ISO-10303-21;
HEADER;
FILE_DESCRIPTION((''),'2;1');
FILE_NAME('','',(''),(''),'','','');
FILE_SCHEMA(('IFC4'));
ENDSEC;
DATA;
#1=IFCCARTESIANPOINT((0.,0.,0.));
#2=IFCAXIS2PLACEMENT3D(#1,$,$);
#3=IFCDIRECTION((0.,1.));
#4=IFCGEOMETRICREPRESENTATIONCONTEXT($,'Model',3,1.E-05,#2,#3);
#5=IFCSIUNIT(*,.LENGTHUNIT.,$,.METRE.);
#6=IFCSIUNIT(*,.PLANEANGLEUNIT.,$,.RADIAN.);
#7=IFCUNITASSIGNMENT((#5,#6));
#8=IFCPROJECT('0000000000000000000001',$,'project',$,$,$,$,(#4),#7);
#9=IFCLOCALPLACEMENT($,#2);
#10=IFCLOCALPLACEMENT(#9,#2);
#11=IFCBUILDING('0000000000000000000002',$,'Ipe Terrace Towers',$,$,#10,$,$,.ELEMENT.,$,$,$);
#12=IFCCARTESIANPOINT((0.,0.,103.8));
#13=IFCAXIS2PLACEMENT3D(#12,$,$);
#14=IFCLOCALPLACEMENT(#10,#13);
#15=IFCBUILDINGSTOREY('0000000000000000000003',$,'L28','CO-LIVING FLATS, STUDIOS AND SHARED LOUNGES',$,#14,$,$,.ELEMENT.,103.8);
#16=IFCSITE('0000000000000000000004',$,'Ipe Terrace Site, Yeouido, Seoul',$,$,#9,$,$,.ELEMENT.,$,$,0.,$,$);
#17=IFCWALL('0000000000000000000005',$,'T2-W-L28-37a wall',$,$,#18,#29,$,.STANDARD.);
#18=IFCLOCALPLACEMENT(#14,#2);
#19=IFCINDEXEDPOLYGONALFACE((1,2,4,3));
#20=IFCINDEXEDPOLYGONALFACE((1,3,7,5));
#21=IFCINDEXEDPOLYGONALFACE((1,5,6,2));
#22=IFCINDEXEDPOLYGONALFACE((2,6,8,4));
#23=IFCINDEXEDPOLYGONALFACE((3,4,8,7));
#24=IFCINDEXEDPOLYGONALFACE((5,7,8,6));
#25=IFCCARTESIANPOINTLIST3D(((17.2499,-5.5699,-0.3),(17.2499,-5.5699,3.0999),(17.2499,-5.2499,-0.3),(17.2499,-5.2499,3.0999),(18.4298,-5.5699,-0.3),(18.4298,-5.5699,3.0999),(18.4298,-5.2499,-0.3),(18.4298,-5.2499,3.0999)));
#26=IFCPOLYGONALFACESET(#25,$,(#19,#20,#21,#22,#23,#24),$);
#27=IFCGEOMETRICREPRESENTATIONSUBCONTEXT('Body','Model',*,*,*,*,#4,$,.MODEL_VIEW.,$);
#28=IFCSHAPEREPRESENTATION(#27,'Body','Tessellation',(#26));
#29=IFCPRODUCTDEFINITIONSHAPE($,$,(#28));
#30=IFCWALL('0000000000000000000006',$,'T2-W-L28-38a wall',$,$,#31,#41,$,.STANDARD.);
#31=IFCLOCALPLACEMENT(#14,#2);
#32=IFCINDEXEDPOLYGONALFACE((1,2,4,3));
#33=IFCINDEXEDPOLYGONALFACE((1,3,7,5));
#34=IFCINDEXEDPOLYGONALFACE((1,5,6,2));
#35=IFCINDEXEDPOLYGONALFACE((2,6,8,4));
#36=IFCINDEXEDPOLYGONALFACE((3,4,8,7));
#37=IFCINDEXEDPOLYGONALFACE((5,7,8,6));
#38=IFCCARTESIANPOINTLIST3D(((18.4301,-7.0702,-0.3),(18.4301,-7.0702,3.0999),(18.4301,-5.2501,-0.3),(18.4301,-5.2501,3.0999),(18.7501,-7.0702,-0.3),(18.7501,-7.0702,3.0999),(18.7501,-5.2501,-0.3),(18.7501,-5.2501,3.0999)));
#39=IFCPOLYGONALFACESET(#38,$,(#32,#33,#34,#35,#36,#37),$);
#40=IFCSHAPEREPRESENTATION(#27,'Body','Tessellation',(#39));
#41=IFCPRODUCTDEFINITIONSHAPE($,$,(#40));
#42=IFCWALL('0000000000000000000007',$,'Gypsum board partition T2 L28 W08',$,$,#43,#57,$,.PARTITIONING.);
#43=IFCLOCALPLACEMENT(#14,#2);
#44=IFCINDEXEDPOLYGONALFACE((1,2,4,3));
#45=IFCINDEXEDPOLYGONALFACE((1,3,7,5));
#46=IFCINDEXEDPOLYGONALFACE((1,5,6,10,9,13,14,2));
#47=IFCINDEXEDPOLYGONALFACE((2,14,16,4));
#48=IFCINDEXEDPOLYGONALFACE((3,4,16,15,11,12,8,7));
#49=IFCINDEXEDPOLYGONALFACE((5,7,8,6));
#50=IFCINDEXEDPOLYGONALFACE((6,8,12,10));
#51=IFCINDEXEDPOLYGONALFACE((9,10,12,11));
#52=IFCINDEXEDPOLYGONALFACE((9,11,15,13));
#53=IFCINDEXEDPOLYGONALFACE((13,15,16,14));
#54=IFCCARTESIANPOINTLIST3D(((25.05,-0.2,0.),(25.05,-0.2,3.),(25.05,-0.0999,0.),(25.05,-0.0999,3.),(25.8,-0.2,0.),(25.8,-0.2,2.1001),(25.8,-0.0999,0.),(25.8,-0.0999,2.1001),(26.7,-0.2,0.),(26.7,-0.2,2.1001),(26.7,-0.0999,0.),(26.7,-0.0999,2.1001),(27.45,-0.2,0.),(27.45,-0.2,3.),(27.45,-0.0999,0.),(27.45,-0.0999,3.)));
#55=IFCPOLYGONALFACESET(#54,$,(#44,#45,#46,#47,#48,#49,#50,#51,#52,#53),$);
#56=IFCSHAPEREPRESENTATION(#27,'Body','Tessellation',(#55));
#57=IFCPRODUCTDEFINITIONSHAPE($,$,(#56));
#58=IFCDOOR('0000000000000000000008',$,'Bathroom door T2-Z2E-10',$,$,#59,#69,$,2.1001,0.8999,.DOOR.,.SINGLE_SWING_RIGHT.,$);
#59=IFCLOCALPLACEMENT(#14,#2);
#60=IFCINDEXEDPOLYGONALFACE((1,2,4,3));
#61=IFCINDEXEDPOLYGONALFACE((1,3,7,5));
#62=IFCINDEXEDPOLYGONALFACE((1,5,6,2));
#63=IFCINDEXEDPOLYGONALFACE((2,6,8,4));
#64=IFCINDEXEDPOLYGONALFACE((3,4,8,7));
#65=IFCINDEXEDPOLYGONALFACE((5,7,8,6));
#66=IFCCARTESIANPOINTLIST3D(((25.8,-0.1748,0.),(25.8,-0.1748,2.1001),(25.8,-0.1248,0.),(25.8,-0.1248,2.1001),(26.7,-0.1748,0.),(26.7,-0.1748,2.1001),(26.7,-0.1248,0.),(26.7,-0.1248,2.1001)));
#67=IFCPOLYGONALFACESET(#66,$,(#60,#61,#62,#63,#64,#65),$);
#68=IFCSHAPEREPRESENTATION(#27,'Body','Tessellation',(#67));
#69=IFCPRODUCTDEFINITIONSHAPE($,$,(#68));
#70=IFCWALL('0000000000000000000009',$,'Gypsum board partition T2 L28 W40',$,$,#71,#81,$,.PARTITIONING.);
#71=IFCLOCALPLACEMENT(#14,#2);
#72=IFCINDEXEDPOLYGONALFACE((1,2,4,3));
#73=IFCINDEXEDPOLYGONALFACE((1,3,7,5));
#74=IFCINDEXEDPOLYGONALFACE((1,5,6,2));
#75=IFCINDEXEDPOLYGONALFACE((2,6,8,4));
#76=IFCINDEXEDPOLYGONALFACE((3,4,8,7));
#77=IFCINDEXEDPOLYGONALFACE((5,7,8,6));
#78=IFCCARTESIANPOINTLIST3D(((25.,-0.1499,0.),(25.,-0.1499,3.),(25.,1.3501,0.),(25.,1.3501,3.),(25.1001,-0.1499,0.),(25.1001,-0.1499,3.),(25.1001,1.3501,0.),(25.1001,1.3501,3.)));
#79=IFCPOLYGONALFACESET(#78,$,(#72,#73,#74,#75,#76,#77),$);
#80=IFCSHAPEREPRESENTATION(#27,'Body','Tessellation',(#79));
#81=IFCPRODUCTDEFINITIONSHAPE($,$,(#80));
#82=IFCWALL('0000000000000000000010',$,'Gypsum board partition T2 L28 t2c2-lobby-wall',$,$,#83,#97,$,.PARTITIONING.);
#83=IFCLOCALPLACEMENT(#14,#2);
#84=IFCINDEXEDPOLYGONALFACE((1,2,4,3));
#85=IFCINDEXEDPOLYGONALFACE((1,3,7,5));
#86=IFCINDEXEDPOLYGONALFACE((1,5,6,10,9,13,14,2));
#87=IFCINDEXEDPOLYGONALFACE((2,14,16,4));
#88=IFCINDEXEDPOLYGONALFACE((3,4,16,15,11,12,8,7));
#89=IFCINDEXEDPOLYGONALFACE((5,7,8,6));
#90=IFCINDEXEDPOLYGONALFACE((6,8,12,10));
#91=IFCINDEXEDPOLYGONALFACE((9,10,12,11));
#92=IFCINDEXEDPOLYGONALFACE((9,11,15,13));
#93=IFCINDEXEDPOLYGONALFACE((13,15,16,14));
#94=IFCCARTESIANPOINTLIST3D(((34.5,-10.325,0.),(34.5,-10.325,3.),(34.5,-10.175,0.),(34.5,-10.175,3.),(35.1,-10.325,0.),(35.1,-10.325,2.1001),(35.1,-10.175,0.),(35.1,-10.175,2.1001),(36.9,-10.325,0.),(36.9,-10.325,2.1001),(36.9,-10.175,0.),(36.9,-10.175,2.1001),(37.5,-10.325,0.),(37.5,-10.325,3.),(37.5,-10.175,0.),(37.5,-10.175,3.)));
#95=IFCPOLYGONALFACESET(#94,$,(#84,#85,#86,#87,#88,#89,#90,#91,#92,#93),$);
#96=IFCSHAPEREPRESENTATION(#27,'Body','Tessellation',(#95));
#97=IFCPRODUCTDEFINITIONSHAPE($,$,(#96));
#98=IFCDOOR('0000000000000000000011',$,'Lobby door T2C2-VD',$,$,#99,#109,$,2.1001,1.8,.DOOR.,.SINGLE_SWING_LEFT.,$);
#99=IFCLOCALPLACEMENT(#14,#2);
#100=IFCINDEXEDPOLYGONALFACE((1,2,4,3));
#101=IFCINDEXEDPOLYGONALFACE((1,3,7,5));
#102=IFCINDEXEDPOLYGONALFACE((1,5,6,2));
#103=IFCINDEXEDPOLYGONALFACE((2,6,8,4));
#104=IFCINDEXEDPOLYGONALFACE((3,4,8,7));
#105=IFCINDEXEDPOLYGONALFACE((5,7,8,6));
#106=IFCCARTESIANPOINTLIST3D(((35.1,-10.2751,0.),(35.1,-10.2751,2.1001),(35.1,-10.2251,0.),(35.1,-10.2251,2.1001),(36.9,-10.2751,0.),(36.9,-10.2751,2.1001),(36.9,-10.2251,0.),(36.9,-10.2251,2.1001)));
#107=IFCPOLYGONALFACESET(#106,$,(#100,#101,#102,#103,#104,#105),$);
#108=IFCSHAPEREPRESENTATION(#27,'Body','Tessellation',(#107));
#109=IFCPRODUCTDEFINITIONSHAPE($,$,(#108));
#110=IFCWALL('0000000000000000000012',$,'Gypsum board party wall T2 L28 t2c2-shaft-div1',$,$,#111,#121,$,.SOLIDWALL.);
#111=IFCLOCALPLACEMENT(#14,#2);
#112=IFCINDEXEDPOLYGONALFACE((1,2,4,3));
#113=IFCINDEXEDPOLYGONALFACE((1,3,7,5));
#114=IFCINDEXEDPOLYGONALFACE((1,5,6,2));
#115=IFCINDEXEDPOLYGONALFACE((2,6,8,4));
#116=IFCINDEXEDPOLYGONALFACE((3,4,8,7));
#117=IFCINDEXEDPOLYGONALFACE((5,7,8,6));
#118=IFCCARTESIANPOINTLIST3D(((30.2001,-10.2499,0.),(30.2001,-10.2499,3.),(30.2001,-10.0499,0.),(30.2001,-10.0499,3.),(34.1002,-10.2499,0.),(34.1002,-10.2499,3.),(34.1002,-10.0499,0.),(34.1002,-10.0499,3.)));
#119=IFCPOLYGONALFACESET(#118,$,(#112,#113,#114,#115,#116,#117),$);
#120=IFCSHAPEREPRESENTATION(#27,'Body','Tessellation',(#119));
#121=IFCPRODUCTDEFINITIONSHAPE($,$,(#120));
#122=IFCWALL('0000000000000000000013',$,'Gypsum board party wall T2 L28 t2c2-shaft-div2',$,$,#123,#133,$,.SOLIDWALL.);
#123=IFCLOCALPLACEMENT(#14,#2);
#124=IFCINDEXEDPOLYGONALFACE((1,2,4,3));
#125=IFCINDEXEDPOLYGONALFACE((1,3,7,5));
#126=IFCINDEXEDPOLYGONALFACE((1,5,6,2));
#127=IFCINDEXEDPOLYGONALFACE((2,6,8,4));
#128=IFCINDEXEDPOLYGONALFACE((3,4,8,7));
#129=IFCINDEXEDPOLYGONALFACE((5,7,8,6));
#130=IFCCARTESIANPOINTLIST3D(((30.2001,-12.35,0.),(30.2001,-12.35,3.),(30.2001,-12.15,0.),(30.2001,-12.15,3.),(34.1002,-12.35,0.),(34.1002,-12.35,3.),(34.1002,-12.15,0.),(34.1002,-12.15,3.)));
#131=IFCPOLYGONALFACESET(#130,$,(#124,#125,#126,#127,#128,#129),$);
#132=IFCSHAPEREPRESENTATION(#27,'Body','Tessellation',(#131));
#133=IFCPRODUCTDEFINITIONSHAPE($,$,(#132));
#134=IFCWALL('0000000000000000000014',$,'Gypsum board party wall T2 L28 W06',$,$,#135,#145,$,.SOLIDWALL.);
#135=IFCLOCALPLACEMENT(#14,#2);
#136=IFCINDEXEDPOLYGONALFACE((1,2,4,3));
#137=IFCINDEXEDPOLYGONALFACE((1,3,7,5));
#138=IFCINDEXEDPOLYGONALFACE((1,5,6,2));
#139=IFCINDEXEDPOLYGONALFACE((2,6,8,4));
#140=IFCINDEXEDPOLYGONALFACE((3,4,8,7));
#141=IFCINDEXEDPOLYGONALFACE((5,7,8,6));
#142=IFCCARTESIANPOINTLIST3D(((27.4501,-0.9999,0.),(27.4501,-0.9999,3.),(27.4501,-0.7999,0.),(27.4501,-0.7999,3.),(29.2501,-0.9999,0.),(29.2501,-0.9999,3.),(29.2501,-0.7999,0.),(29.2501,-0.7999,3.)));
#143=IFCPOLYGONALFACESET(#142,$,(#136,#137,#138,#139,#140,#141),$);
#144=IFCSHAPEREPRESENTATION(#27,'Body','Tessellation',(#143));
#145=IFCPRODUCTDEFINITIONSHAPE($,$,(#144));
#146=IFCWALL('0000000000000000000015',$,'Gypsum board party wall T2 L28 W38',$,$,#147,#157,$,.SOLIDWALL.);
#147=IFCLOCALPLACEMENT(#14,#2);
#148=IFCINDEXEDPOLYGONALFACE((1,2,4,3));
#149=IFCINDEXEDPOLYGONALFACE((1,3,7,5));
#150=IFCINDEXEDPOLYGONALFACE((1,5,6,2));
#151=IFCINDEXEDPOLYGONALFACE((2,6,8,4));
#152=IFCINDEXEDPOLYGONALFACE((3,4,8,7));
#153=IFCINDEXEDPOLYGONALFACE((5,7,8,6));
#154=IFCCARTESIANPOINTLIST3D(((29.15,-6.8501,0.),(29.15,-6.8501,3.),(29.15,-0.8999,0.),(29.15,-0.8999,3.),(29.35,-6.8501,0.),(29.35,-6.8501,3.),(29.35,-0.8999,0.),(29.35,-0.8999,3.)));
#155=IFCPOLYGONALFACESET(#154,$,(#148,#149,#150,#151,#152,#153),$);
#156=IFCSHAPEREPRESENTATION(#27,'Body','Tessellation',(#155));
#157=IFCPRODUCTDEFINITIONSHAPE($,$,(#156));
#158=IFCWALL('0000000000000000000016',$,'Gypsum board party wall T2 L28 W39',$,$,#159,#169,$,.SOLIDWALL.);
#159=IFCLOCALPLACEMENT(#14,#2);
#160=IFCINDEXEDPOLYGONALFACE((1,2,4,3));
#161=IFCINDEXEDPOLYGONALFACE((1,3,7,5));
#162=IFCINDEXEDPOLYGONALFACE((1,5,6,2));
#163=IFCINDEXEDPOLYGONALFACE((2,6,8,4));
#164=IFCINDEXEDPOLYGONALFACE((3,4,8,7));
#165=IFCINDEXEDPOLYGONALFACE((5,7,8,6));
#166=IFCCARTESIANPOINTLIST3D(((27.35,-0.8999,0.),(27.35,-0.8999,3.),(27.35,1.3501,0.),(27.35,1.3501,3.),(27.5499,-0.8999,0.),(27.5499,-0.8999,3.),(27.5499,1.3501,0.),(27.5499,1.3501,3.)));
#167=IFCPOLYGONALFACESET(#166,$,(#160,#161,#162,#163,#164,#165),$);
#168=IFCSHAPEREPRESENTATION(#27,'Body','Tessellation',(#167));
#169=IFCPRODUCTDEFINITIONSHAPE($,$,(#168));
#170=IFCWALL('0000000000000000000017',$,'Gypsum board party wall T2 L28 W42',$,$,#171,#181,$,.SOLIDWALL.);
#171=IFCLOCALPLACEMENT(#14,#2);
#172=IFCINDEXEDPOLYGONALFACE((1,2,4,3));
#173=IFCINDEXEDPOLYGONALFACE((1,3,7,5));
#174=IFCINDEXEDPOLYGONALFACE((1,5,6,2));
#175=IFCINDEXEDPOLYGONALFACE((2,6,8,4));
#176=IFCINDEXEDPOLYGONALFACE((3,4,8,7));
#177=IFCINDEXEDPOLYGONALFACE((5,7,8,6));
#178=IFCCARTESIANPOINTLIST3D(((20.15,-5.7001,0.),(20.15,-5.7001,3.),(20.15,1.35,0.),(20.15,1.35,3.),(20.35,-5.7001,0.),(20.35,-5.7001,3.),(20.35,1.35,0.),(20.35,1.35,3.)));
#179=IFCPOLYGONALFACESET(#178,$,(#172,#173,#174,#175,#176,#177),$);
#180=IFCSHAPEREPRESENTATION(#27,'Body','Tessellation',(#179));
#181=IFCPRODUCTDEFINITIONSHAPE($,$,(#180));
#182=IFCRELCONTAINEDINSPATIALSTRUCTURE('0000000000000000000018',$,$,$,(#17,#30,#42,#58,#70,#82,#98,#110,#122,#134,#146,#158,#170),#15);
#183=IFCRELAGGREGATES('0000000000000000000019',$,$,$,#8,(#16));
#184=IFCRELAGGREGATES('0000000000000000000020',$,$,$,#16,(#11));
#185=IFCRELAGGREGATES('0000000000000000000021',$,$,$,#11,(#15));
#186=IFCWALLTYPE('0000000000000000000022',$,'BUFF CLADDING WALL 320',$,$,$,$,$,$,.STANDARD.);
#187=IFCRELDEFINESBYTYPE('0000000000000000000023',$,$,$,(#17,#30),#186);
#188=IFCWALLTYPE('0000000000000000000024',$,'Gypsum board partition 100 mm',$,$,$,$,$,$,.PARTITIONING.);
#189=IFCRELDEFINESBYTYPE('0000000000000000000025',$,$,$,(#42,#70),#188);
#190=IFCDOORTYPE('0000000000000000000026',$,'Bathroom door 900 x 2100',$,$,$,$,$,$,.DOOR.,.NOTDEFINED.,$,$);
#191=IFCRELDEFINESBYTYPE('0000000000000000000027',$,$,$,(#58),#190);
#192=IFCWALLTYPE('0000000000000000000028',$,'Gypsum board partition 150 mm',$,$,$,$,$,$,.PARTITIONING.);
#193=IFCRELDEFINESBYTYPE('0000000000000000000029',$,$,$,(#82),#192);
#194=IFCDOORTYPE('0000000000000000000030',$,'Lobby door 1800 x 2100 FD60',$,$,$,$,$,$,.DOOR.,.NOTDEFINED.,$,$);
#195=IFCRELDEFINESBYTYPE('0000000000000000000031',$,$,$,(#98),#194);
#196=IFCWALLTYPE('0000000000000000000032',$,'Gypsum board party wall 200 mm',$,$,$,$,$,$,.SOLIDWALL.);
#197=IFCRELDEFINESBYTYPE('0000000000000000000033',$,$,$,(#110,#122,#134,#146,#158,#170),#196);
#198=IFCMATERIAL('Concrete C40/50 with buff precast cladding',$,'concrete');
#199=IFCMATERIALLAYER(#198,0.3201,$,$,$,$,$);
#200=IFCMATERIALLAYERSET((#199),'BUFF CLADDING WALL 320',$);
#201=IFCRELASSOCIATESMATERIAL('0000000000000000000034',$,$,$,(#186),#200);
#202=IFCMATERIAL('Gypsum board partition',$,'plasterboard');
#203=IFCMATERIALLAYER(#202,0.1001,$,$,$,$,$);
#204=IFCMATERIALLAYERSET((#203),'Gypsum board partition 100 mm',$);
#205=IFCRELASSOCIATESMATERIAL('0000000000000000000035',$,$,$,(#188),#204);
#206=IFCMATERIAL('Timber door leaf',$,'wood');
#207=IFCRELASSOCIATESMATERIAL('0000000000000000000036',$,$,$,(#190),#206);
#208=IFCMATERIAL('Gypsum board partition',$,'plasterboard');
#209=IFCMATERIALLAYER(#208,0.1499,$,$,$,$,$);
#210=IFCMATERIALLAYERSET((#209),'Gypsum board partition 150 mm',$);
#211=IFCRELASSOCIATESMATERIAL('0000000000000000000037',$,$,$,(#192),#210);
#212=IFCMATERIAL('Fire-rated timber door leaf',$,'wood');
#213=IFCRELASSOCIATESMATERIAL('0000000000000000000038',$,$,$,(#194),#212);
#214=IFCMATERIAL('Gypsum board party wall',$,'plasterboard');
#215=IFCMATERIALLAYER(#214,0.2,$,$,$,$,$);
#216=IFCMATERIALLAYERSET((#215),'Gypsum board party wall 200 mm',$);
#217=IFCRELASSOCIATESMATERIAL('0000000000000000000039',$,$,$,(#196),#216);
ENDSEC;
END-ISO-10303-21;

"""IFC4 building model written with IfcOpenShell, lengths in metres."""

from ifc_helpers import new_model, si_unit, direction, frame, frame_2d, origin, place, context, subcontext, project, spatial, rectangle, extrude, material, layer, layer_set, type_object, element, fill, save


model = new_model("IFC4")

# Units and contexts
model_context = context("Model", 3, precision=1e-05, world=origin(), true_north=direction((0.0, 1.0)))
body_context = subcontext(model_context, "Body", "Model", "MODEL_VIEW")
ifc_project = project(units=[si_unit("LENGTHUNIT", "METRE"), si_unit("PLANEANGLEUNIT", "RADIAN")], contexts=[model_context])

# Site, building, storey
site_placement = place(None, origin())
site = spatial("IfcSite", under=ifc_project, at=site_placement, Name="Ipe Terrace Site, Yeouido, Seoul", CompositionType="ELEMENT", RefElevation=0.0)
building_placement = place(site_placement, origin())
building = spatial("IfcBuilding", under=site, at=building_placement, Name="Ipe Terrace Towers", CompositionType="ELEMENT")
storey_placement = place(building_placement, frame((0.0, 0.0, 103.8)))
storey = spatial("IfcBuildingStorey", under=building, at=storey_placement, Name="L28", Description="CO-LIVING FLATS, STUDIOS AND SHARED LOUNGES", CompositionType="ELEMENT", Elevation=103.8)

# Walls
ifc_material_1 = material(Name="Concrete C40/50 with buff precast cladding", Category="concrete")
ifc_layer_1 = layer(ifc_material_1, 0.3201)
ifc_layer_set_1 = layer_set([ifc_layer_1], Name="BUFF CLADDING WALL 320")
wall_type_1 = type_object("IfcWallType", Name="BUFF CLADDING WALL 320", PredefinedType="STANDARD", material=ifc_layer_set_1)
wall_1_placement = place(storey_placement, frame((17.25, -5.4099, -0.3), z_axis=(0.0, 0.0, 1.0), x_axis=(1.0, 0.0, 0.0)))
element("IfcWall", 1, at=wall_1_placement, inside=storey, type_object=wall_type_1, Name="T2-W-L28-37a wall", PredefinedType="STANDARD", context=body_context, shape_type="SweptSolid", body=[
    extrude(rectangle(XDim=1.1799, YDim=0.3201, at=frame_2d((0.5898, 0.0))), origin(), (0.0, 0.0, 1.0), 3.3999),
])
wall_2_placement = place(storey_placement, frame((18.5901, -5.25, -0.3), z_axis=(0.0, 0.0, 1.0), x_axis=(0.0, -1.0, 0.0)))
element("IfcWall", 2, at=wall_2_placement, inside=storey, type_object=wall_type_1, Name="T2-W-L28-38a wall", PredefinedType="STANDARD", context=body_context, shape_type="SweptSolid", body=[
    extrude(rectangle(XDim=1.8201, YDim=0.3201, at=frame_2d((0.9102, 0.0))), origin(), (0.0, 0.0, 1.0), 3.3999),
])

# Wall, opening, door
ifc_material_2 = material(Name="Gypsum board partition", Category="plasterboard")
ifc_layer_2 = layer(ifc_material_2, 0.1001)
ifc_layer_set_2 = layer_set([ifc_layer_2], Name="Gypsum board partition 100 mm")
wall_type_2 = type_object("IfcWallType", Name="Gypsum board partition 100 mm", PredefinedType="PARTITIONING", material=ifc_layer_set_2)
wall_3_placement = place(storey_placement, frame((27.45, -0.1499, 0.0), z_axis=(0.0, 0.0, 1.0), x_axis=(-1.0, 0.0, 0.0)))
wall_3 = element("IfcWall", 3, at=wall_3_placement, inside=storey, type_object=wall_type_2, Name="Gypsum board partition T2 L28 W08", PredefinedType="PARTITIONING", context=body_context, shape_type="SweptSolid", body=[
    extrude(rectangle(XDim=2.3999, YDim=0.1001, at=frame_2d((1.2, 0.0))), origin(), (0.0, 0.0, 1.0), 3.0),
])
opening_1_placement = place(wall_3_placement, frame((0.75, 0.0, 0.0)))
opening_1 = element("IfcOpeningElement", 4, at=opening_1_placement, cuts=wall_3, PredefinedType="OPENING", context=body_context, shape_type="SweptSolid", body=[
    extrude(rectangle(XDim=0.8999, YDim=2.1001, at=frame_2d((0.45, 1.05))), frame((0.0, 0.0601, 0.0), z_axis=(0.0, -1.0, 0.0), x_axis=(1.0, 0.0, 0.0)), (0.0, 0.0, 1.0), 0.1201),
])
ifc_material_3 = material(Name="Timber door leaf", Category="wood")
door_type_1 = type_object("IfcDoorType", Name="Bathroom door 900 x 2100", OperationType="NOTDEFINED", PredefinedType="DOOR", material=ifc_material_3)
door_1_placement = place(opening_1_placement, origin())
door_1 = element("IfcDoor", 5, at=door_1_placement, inside=storey, type_object=door_type_1, Name="Bathroom door T2-Z2E-10", OperationType="SINGLE_SWING_RIGHT", OverallHeight=2.1001, OverallWidth=0.8999, PredefinedType="DOOR", context=body_context, shape_type="SweptSolid", body=[
    extrude(rectangle(XDim=0.8999, YDim=2.1001, at=frame_2d((0.45, 1.05))), frame((0.0, 0.0249, 0.0), z_axis=(0.0, -1.0, 0.0), x_axis=(1.0, 0.0, 0.0)), (0.0, 0.0, 1.0), 0.05),
])
fill(opening_1, door_1)

# Wall
wall_4_placement = place(storey_placement, frame((25.05, -0.1499, 0.0), z_axis=(0.0, 0.0, 1.0), x_axis=(0.0, 1.0, 0.0)))
element("IfcWall", 6, at=wall_4_placement, inside=storey, type_object=wall_type_2, Name="Gypsum board partition T2 L28 W40", PredefinedType="PARTITIONING", context=body_context, shape_type="SweptSolid", body=[
    extrude(rectangle(XDim=1.5, YDim=0.1001, at=frame_2d((0.75, 0.0))), origin(), (0.0, 0.0, 1.0), 3.0),
])

# Wall, opening, door
ifc_material_4 = material(Name="Gypsum board partition", Category="plasterboard")
ifc_layer_3 = layer(ifc_material_4, 0.1499)
ifc_layer_set_3 = layer_set([ifc_layer_3], Name="Gypsum board partition 150 mm")
wall_type_3 = type_object("IfcWallType", Name="Gypsum board partition 150 mm", PredefinedType="PARTITIONING", material=ifc_layer_set_3)
wall_5_placement = place(storey_placement, frame((34.5, -10.25, 0.0), z_axis=(0.0, 0.0, 1.0), x_axis=(1.0, 0.0, 0.0)))
wall_5 = element("IfcWall", 7, at=wall_5_placement, inside=storey, type_object=wall_type_3, Name="Gypsum board partition T2 L28 t2c2-lobby-wall", PredefinedType="PARTITIONING", context=body_context, shape_type="SweptSolid", body=[
    extrude(rectangle(XDim=3.0, YDim=0.1499, at=frame_2d((1.5, 0.0))), origin(), (0.0, 0.0, 1.0), 3.0),
])
opening_2_placement = place(wall_5_placement, frame((0.6001, 0.0, 0.0)))
opening_2 = element("IfcOpeningElement", 8, at=opening_2_placement, cuts=wall_5, PredefinedType="OPENING", context=body_context, shape_type="SweptSolid", body=[
    extrude(rectangle(XDim=1.8, YDim=2.1001, at=frame_2d((0.8999, 1.05))), frame((0.0, 0.085, 0.0), z_axis=(0.0, -1.0, 0.0), x_axis=(1.0, 0.0, 0.0)), (0.0, 0.0, 1.0), 0.1699),
])
ifc_material_5 = material(Name="Fire-rated timber door leaf", Category="wood")
door_type_2 = type_object("IfcDoorType", Name="Lobby door 1800 x 2100 FD60", OperationType="NOTDEFINED", PredefinedType="DOOR", material=ifc_material_5)
door_2_placement = place(opening_2_placement, origin())
door_2 = element("IfcDoor", 9, at=door_2_placement, inside=storey, type_object=door_type_2, Name="Lobby door T2C2-VD", OperationType="SINGLE_SWING_LEFT", OverallHeight=2.1001, OverallWidth=1.8, PredefinedType="DOOR", context=body_context, shape_type="SweptSolid", body=[
    extrude(rectangle(XDim=1.8, YDim=2.1001, at=frame_2d((0.8999, 1.05))), frame((0.0, 0.0249, 0.0), z_axis=(0.0, -1.0, 0.0), x_axis=(1.0, 0.0, 0.0)), (0.0, 0.0, 1.0), 0.05),
])
fill(opening_2, door_2)

# Walls
ifc_material_6 = material(Name="Gypsum board party wall", Category="plasterboard")
ifc_layer_4 = layer(ifc_material_6, 0.2)
ifc_layer_set_4 = layer_set([ifc_layer_4], Name="Gypsum board party wall 200 mm")
wall_type_4 = type_object("IfcWallType", Name="Gypsum board party wall 200 mm", PredefinedType="SOLIDWALL", material=ifc_layer_set_4)
for number, where, z_axis, x_axis, name in (
    (10, (30.2, -10.1499, 0.0), (0.0, 0.0, 1.0), (1.0, 0.0, 0.0), "Gypsum board party wall T2 L28 t2c2-shaft-div1"),
    (11, (30.2, -12.25, 0.0), (0.0, 0.0, 1.0), (1.0, 0.0, 0.0), "Gypsum board party wall T2 L28 t2c2-shaft-div2"),
):
    element("IfcWall", number, at=place(storey_placement, frame(where, z_axis=z_axis, x_axis=x_axis)), inside=storey, type_object=wall_type_4, Name=name, PredefinedType="SOLIDWALL", context=body_context, shape_type="SweptSolid", body=[
        extrude(rectangle(XDim=3.9001, YDim=0.2, at=frame_2d((1.9502, 0.0))), origin(), (0.0, 0.0, 1.0), 3.0),
    ])
wall_6_placement = place(storey_placement, frame((29.25, -0.8999, 0.0), z_axis=(0.0, 0.0, 1.0), x_axis=(-1.0, 0.0, 0.0)))
element("IfcWall", 12, at=wall_6_placement, inside=storey, type_object=wall_type_4, Name="Gypsum board party wall T2 L28 W06", PredefinedType="SOLIDWALL", context=body_context, shape_type="SweptSolid", body=[
    extrude(rectangle(XDim=1.8, YDim=0.2, at=frame_2d((0.8999, 0.0))), origin(), (0.0, 0.0, 1.0), 3.0),
])
wall_7_placement = place(storey_placement, frame((29.25, -6.8501, 0.0), z_axis=(0.0, 0.0, 1.0), x_axis=(0.0, 1.0, 0.0)))
element("IfcWall", 13, at=wall_7_placement, inside=storey, type_object=wall_type_4, Name="Gypsum board party wall T2 L28 W38", PredefinedType="SOLIDWALL", context=body_context, shape_type="SweptSolid", body=[
    extrude(rectangle(XDim=5.9502, YDim=0.2, at=frame_2d((2.9751, 0.0))), origin(), (0.0, 0.0, 1.0), 3.0),
])
wall_8_placement = place(storey_placement, frame((27.45, -0.8999, 0.0), z_axis=(0.0, 0.0, 1.0), x_axis=(0.0, 1.0, 0.0)))
element("IfcWall", 14, at=wall_8_placement, inside=storey, type_object=wall_type_4, Name="Gypsum board party wall T2 L28 W39", PredefinedType="SOLIDWALL", context=body_context, shape_type="SweptSolid", body=[
    extrude(rectangle(XDim=2.25, YDim=0.2, at=frame_2d((1.125, 0.0))), origin(), (0.0, 0.0, 1.0), 3.0),
])
wall_9_placement = place(storey_placement, frame((20.25, -5.7, 0.0), z_axis=(0.0, 0.0, 1.0), x_axis=(0.0, 1.0, 0.0)))
element("IfcWall", 15, at=wall_9_placement, inside=storey, type_object=wall_type_4, Name="Gypsum board party wall T2 L28 W42", PredefinedType="SOLIDWALL", context=body_context, shape_type="SweptSolid", body=[
    extrude(rectangle(XDim=7.05, YDim=0.2, at=frame_2d((3.5249, 0.0))), origin(), (0.0, 0.0, 1.0), 3.0),
])

save(model, "model.ifc")
